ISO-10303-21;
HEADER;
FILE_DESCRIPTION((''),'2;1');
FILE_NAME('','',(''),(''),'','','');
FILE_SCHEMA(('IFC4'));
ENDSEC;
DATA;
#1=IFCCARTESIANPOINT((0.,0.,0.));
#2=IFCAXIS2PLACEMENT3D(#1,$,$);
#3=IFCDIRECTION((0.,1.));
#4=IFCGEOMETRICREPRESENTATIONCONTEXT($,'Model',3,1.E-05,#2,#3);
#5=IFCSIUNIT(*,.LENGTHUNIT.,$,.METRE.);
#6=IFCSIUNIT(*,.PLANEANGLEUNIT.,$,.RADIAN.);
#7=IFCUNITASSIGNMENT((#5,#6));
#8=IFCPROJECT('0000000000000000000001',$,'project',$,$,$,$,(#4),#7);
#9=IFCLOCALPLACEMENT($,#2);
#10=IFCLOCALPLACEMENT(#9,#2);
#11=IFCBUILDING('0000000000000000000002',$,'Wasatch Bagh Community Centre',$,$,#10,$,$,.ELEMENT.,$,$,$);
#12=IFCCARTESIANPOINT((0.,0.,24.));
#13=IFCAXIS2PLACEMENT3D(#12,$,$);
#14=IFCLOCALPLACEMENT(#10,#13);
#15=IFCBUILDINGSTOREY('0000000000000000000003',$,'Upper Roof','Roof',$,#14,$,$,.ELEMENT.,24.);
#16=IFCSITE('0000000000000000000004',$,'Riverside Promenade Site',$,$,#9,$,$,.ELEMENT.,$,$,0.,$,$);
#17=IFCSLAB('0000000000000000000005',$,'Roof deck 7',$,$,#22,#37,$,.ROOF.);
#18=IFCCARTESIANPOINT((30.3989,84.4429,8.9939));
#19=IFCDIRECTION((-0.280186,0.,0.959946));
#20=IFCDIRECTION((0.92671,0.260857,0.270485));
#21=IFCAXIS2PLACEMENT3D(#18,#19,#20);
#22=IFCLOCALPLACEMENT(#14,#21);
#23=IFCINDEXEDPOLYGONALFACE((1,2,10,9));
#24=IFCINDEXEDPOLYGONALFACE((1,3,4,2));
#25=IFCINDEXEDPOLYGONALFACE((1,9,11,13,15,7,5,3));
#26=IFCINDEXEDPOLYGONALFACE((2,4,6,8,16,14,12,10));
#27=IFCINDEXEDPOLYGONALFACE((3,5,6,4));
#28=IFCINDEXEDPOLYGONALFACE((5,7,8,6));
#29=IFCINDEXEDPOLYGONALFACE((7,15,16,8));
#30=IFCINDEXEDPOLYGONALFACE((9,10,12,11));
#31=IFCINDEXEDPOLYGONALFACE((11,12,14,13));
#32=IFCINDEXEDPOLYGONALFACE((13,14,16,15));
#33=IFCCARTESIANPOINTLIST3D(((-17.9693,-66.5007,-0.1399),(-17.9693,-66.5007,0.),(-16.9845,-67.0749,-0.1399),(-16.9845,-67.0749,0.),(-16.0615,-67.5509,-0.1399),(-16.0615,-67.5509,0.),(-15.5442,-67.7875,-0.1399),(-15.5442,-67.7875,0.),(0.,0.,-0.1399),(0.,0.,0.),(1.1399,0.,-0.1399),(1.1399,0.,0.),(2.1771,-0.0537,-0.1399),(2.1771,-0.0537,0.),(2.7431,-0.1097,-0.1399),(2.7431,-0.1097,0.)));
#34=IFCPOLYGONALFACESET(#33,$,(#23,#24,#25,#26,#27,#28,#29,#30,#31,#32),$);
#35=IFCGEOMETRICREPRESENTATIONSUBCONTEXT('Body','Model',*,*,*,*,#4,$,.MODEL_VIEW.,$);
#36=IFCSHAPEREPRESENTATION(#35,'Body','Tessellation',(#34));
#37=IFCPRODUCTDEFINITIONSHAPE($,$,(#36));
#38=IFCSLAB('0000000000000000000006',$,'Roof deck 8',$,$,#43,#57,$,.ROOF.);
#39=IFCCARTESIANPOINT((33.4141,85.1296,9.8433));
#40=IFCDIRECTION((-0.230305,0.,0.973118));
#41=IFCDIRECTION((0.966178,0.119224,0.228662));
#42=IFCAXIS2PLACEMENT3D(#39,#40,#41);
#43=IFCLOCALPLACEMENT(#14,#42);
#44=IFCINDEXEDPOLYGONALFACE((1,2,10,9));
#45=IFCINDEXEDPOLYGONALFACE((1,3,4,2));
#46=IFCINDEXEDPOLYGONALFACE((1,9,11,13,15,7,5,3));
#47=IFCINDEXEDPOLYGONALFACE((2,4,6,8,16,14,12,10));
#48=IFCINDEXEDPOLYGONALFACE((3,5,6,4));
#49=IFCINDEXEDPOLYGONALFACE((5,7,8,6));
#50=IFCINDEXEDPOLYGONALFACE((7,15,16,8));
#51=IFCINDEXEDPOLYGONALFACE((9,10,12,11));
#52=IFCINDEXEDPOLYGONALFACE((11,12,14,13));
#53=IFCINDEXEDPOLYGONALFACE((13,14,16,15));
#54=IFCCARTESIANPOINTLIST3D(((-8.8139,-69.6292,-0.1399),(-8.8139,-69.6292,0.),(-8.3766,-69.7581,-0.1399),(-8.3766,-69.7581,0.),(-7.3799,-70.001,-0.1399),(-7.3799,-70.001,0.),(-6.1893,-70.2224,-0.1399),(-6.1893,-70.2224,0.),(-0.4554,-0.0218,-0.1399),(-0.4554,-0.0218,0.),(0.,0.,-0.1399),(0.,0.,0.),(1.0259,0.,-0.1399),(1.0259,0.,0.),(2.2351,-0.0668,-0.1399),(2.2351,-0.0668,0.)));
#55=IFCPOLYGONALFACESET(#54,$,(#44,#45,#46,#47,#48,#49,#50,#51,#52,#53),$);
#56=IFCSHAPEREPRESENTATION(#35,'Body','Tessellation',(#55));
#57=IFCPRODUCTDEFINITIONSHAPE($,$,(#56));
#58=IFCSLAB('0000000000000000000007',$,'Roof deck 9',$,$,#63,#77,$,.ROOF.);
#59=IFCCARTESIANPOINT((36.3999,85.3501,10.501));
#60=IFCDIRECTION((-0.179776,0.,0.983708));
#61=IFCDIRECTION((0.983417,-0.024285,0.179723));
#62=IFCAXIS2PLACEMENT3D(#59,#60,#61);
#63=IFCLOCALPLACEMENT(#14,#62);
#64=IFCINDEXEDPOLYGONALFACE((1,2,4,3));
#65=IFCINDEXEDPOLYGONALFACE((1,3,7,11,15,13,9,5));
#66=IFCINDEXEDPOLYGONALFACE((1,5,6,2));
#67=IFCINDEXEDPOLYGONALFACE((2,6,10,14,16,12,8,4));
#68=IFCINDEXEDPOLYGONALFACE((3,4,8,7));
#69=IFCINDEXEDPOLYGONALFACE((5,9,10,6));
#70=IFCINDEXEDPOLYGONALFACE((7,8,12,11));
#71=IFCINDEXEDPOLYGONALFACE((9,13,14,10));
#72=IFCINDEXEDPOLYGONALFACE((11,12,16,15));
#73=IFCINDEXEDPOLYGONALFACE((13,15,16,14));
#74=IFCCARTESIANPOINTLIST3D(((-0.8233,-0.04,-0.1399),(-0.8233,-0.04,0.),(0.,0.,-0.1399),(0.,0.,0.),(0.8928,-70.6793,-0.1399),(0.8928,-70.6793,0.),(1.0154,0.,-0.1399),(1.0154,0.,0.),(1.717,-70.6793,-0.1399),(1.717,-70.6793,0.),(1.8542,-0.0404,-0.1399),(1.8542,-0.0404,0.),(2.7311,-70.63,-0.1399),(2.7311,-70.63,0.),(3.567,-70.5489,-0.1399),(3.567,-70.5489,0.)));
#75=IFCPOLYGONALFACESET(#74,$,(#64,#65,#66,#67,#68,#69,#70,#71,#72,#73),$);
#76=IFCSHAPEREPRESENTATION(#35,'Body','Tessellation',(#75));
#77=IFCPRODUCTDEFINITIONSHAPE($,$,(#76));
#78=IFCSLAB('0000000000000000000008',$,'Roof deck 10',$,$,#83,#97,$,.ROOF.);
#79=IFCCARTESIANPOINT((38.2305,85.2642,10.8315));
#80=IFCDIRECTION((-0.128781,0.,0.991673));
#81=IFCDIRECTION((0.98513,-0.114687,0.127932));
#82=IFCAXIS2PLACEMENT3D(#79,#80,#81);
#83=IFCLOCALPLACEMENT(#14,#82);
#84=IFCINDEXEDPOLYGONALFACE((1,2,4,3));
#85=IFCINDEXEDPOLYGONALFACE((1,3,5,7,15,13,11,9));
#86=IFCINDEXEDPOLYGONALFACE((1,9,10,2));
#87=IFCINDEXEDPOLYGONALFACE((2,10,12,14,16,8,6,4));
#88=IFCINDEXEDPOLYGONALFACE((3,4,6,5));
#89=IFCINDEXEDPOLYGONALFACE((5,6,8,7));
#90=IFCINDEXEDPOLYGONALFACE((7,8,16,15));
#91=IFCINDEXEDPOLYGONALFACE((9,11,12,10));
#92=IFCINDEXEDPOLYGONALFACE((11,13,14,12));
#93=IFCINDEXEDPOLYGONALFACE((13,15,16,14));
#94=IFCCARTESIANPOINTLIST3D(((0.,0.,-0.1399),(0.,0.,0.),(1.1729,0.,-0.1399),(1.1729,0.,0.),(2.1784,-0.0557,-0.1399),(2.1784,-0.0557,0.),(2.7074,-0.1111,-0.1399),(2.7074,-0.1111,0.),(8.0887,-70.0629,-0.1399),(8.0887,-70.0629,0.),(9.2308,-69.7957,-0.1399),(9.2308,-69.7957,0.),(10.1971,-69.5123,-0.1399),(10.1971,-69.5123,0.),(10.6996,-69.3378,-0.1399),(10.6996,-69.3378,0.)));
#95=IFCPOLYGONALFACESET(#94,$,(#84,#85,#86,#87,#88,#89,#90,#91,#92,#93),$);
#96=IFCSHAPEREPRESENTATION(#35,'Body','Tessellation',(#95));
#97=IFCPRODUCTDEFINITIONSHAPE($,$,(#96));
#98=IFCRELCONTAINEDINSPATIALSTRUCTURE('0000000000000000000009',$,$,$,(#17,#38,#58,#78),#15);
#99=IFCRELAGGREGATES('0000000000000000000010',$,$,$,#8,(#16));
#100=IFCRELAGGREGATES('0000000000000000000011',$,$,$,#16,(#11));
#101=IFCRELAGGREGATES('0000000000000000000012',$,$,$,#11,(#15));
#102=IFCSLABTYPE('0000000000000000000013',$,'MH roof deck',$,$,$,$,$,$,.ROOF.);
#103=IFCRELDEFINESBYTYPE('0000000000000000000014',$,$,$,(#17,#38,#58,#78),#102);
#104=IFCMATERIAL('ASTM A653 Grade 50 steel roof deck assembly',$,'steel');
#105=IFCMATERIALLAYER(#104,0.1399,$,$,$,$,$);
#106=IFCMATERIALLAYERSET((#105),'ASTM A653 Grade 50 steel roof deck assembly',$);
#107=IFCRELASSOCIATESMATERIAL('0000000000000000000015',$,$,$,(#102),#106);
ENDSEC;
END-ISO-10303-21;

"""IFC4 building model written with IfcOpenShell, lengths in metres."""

from ifc_helpers import new_model, si_unit, direction, frame, origin, place, context, subcontext, project, spatial, polyline, outline, extrude, material, layer, layer_set, type_object, element, save


model = new_model("IFC4")

# Units and contexts
model_context = context("Model", 3, precision=1e-05, world=origin(), true_north=direction((0.0, 1.0)))
body_context = subcontext(model_context, "Body", "Model", "MODEL_VIEW")
ifc_project = project(units=[si_unit("LENGTHUNIT", "METRE"), si_unit("PLANEANGLEUNIT", "RADIAN")], contexts=[model_context])

# Site, building, storey
site_placement = place(None, origin())
site = spatial("IfcSite", under=ifc_project, at=site_placement, Name="Riverside Promenade Site", CompositionType="ELEMENT", RefElevation=0.0)
building_placement = place(site_placement, origin())
building = spatial("IfcBuilding", under=site, at=building_placement, Name="Wasatch Bagh Community Centre", CompositionType="ELEMENT")
storey_placement = place(building_placement, frame((0.0, 0.0, 24.0)))
storey = spatial("IfcBuildingStorey", under=building, at=storey_placement, Name="Upper Roof", Description="Roof", CompositionType="ELEMENT", Elevation=24.0)

# Slabs
ifc_material_1 = material(Name="ASTM A653 Grade 50 steel roof deck assembly", Category="steel")
ifc_layer = layer(ifc_material_1, 0.1399)
ifc_layer_set = layer_set([ifc_layer], Name="ASTM A653 Grade 50 steel roof deck assembly")
slab_type = type_object("IfcSlabType", Name="MH roof deck", PredefinedType="ROOF", material=ifc_layer_set)
slab_1_placement = place(storey_placement, frame((30.3989, 84.4429, 8.9939), z_axis=(-0.280186, 0.0, 0.959946), x_axis=(0.92671, 0.260857, 0.270485)))
element("IfcSlab", 1, at=slab_1_placement, inside=storey, type_object=slab_type, Name="Roof deck 7", PredefinedType="ROOF", context=body_context, shape_type="SweptSolid", body=[
    extrude(outline(polyline([(0.0, 0.0), (1.1399, 0.0), (2.1771, -0.0537), (2.7431, -0.1097), (-15.5442, -67.7875), (-16.0615, -67.5509), (-16.9845, -67.0749), (-17.9693, -66.5007), (0.0, 0.0)])), origin(), (0.0, 0.0, -1.0), 0.1399),
])
slab_2_placement = place(storey_placement, frame((33.4141, 85.1296, 9.8433), z_axis=(-0.230305, 0.0, 0.973118), x_axis=(0.966178, 0.119224, 0.228662)))
element("IfcSlab", 2, at=slab_2_placement, inside=storey, type_object=slab_type, Name="Roof deck 8", PredefinedType="ROOF", context=body_context, shape_type="SweptSolid", body=[
    extrude(outline(polyline([(0.0, 0.0), (1.0259, 0.0), (2.2351, -0.0668), (-6.1893, -70.2224), (-7.3799, -70.001), (-8.3766, -69.7581), (-8.8139, -69.6292), (-0.4554, -0.0218), (0.0, 0.0)])), origin(), (0.0, 0.0, -1.0), 0.1399),
])
slab_3_placement = place(storey_placement, frame((36.3999, 85.3501, 10.501), z_axis=(-0.179776, 0.0, 0.983708), x_axis=(0.983417, -0.024285, 0.179723)))
element("IfcSlab", 3, at=slab_3_placement, inside=storey, type_object=slab_type, Name="Roof deck 9", PredefinedType="ROOF", context=body_context, shape_type="SweptSolid", body=[
    extrude(outline(polyline([(0.0, 0.0), (1.0154, 0.0), (1.8542, -0.0404), (3.567, -70.5489), (2.7311, -70.63), (1.717, -70.6793), (0.8928, -70.6793), (-0.8233, -0.04), (0.0, 0.0)])), origin(), (0.0, 0.0, -1.0), 0.1399),
])
slab_4_placement = place(storey_placement, frame((38.2305, 85.2642, 10.8315), z_axis=(-0.128781, 0.0, 0.991673), x_axis=(0.98513, -0.114687, 0.127932)))
element("IfcSlab", 4, at=slab_4_placement, inside=storey, type_object=slab_type, Name="Roof deck 10", PredefinedType="ROOF", context=body_context, shape_type="SweptSolid", body=[
    extrude(outline(polyline([(0.0, 0.0), (1.1729, 0.0), (2.1784, -0.0557), (2.7074, -0.1111), (10.6996, -69.3378), (10.1971, -69.5123), (9.2308, -69.7957), (8.0887, -70.0629), (0.0, 0.0)])), origin(), (0.0, 0.0, -1.0), 0.1399),
])

save(model, "model.ifc")
